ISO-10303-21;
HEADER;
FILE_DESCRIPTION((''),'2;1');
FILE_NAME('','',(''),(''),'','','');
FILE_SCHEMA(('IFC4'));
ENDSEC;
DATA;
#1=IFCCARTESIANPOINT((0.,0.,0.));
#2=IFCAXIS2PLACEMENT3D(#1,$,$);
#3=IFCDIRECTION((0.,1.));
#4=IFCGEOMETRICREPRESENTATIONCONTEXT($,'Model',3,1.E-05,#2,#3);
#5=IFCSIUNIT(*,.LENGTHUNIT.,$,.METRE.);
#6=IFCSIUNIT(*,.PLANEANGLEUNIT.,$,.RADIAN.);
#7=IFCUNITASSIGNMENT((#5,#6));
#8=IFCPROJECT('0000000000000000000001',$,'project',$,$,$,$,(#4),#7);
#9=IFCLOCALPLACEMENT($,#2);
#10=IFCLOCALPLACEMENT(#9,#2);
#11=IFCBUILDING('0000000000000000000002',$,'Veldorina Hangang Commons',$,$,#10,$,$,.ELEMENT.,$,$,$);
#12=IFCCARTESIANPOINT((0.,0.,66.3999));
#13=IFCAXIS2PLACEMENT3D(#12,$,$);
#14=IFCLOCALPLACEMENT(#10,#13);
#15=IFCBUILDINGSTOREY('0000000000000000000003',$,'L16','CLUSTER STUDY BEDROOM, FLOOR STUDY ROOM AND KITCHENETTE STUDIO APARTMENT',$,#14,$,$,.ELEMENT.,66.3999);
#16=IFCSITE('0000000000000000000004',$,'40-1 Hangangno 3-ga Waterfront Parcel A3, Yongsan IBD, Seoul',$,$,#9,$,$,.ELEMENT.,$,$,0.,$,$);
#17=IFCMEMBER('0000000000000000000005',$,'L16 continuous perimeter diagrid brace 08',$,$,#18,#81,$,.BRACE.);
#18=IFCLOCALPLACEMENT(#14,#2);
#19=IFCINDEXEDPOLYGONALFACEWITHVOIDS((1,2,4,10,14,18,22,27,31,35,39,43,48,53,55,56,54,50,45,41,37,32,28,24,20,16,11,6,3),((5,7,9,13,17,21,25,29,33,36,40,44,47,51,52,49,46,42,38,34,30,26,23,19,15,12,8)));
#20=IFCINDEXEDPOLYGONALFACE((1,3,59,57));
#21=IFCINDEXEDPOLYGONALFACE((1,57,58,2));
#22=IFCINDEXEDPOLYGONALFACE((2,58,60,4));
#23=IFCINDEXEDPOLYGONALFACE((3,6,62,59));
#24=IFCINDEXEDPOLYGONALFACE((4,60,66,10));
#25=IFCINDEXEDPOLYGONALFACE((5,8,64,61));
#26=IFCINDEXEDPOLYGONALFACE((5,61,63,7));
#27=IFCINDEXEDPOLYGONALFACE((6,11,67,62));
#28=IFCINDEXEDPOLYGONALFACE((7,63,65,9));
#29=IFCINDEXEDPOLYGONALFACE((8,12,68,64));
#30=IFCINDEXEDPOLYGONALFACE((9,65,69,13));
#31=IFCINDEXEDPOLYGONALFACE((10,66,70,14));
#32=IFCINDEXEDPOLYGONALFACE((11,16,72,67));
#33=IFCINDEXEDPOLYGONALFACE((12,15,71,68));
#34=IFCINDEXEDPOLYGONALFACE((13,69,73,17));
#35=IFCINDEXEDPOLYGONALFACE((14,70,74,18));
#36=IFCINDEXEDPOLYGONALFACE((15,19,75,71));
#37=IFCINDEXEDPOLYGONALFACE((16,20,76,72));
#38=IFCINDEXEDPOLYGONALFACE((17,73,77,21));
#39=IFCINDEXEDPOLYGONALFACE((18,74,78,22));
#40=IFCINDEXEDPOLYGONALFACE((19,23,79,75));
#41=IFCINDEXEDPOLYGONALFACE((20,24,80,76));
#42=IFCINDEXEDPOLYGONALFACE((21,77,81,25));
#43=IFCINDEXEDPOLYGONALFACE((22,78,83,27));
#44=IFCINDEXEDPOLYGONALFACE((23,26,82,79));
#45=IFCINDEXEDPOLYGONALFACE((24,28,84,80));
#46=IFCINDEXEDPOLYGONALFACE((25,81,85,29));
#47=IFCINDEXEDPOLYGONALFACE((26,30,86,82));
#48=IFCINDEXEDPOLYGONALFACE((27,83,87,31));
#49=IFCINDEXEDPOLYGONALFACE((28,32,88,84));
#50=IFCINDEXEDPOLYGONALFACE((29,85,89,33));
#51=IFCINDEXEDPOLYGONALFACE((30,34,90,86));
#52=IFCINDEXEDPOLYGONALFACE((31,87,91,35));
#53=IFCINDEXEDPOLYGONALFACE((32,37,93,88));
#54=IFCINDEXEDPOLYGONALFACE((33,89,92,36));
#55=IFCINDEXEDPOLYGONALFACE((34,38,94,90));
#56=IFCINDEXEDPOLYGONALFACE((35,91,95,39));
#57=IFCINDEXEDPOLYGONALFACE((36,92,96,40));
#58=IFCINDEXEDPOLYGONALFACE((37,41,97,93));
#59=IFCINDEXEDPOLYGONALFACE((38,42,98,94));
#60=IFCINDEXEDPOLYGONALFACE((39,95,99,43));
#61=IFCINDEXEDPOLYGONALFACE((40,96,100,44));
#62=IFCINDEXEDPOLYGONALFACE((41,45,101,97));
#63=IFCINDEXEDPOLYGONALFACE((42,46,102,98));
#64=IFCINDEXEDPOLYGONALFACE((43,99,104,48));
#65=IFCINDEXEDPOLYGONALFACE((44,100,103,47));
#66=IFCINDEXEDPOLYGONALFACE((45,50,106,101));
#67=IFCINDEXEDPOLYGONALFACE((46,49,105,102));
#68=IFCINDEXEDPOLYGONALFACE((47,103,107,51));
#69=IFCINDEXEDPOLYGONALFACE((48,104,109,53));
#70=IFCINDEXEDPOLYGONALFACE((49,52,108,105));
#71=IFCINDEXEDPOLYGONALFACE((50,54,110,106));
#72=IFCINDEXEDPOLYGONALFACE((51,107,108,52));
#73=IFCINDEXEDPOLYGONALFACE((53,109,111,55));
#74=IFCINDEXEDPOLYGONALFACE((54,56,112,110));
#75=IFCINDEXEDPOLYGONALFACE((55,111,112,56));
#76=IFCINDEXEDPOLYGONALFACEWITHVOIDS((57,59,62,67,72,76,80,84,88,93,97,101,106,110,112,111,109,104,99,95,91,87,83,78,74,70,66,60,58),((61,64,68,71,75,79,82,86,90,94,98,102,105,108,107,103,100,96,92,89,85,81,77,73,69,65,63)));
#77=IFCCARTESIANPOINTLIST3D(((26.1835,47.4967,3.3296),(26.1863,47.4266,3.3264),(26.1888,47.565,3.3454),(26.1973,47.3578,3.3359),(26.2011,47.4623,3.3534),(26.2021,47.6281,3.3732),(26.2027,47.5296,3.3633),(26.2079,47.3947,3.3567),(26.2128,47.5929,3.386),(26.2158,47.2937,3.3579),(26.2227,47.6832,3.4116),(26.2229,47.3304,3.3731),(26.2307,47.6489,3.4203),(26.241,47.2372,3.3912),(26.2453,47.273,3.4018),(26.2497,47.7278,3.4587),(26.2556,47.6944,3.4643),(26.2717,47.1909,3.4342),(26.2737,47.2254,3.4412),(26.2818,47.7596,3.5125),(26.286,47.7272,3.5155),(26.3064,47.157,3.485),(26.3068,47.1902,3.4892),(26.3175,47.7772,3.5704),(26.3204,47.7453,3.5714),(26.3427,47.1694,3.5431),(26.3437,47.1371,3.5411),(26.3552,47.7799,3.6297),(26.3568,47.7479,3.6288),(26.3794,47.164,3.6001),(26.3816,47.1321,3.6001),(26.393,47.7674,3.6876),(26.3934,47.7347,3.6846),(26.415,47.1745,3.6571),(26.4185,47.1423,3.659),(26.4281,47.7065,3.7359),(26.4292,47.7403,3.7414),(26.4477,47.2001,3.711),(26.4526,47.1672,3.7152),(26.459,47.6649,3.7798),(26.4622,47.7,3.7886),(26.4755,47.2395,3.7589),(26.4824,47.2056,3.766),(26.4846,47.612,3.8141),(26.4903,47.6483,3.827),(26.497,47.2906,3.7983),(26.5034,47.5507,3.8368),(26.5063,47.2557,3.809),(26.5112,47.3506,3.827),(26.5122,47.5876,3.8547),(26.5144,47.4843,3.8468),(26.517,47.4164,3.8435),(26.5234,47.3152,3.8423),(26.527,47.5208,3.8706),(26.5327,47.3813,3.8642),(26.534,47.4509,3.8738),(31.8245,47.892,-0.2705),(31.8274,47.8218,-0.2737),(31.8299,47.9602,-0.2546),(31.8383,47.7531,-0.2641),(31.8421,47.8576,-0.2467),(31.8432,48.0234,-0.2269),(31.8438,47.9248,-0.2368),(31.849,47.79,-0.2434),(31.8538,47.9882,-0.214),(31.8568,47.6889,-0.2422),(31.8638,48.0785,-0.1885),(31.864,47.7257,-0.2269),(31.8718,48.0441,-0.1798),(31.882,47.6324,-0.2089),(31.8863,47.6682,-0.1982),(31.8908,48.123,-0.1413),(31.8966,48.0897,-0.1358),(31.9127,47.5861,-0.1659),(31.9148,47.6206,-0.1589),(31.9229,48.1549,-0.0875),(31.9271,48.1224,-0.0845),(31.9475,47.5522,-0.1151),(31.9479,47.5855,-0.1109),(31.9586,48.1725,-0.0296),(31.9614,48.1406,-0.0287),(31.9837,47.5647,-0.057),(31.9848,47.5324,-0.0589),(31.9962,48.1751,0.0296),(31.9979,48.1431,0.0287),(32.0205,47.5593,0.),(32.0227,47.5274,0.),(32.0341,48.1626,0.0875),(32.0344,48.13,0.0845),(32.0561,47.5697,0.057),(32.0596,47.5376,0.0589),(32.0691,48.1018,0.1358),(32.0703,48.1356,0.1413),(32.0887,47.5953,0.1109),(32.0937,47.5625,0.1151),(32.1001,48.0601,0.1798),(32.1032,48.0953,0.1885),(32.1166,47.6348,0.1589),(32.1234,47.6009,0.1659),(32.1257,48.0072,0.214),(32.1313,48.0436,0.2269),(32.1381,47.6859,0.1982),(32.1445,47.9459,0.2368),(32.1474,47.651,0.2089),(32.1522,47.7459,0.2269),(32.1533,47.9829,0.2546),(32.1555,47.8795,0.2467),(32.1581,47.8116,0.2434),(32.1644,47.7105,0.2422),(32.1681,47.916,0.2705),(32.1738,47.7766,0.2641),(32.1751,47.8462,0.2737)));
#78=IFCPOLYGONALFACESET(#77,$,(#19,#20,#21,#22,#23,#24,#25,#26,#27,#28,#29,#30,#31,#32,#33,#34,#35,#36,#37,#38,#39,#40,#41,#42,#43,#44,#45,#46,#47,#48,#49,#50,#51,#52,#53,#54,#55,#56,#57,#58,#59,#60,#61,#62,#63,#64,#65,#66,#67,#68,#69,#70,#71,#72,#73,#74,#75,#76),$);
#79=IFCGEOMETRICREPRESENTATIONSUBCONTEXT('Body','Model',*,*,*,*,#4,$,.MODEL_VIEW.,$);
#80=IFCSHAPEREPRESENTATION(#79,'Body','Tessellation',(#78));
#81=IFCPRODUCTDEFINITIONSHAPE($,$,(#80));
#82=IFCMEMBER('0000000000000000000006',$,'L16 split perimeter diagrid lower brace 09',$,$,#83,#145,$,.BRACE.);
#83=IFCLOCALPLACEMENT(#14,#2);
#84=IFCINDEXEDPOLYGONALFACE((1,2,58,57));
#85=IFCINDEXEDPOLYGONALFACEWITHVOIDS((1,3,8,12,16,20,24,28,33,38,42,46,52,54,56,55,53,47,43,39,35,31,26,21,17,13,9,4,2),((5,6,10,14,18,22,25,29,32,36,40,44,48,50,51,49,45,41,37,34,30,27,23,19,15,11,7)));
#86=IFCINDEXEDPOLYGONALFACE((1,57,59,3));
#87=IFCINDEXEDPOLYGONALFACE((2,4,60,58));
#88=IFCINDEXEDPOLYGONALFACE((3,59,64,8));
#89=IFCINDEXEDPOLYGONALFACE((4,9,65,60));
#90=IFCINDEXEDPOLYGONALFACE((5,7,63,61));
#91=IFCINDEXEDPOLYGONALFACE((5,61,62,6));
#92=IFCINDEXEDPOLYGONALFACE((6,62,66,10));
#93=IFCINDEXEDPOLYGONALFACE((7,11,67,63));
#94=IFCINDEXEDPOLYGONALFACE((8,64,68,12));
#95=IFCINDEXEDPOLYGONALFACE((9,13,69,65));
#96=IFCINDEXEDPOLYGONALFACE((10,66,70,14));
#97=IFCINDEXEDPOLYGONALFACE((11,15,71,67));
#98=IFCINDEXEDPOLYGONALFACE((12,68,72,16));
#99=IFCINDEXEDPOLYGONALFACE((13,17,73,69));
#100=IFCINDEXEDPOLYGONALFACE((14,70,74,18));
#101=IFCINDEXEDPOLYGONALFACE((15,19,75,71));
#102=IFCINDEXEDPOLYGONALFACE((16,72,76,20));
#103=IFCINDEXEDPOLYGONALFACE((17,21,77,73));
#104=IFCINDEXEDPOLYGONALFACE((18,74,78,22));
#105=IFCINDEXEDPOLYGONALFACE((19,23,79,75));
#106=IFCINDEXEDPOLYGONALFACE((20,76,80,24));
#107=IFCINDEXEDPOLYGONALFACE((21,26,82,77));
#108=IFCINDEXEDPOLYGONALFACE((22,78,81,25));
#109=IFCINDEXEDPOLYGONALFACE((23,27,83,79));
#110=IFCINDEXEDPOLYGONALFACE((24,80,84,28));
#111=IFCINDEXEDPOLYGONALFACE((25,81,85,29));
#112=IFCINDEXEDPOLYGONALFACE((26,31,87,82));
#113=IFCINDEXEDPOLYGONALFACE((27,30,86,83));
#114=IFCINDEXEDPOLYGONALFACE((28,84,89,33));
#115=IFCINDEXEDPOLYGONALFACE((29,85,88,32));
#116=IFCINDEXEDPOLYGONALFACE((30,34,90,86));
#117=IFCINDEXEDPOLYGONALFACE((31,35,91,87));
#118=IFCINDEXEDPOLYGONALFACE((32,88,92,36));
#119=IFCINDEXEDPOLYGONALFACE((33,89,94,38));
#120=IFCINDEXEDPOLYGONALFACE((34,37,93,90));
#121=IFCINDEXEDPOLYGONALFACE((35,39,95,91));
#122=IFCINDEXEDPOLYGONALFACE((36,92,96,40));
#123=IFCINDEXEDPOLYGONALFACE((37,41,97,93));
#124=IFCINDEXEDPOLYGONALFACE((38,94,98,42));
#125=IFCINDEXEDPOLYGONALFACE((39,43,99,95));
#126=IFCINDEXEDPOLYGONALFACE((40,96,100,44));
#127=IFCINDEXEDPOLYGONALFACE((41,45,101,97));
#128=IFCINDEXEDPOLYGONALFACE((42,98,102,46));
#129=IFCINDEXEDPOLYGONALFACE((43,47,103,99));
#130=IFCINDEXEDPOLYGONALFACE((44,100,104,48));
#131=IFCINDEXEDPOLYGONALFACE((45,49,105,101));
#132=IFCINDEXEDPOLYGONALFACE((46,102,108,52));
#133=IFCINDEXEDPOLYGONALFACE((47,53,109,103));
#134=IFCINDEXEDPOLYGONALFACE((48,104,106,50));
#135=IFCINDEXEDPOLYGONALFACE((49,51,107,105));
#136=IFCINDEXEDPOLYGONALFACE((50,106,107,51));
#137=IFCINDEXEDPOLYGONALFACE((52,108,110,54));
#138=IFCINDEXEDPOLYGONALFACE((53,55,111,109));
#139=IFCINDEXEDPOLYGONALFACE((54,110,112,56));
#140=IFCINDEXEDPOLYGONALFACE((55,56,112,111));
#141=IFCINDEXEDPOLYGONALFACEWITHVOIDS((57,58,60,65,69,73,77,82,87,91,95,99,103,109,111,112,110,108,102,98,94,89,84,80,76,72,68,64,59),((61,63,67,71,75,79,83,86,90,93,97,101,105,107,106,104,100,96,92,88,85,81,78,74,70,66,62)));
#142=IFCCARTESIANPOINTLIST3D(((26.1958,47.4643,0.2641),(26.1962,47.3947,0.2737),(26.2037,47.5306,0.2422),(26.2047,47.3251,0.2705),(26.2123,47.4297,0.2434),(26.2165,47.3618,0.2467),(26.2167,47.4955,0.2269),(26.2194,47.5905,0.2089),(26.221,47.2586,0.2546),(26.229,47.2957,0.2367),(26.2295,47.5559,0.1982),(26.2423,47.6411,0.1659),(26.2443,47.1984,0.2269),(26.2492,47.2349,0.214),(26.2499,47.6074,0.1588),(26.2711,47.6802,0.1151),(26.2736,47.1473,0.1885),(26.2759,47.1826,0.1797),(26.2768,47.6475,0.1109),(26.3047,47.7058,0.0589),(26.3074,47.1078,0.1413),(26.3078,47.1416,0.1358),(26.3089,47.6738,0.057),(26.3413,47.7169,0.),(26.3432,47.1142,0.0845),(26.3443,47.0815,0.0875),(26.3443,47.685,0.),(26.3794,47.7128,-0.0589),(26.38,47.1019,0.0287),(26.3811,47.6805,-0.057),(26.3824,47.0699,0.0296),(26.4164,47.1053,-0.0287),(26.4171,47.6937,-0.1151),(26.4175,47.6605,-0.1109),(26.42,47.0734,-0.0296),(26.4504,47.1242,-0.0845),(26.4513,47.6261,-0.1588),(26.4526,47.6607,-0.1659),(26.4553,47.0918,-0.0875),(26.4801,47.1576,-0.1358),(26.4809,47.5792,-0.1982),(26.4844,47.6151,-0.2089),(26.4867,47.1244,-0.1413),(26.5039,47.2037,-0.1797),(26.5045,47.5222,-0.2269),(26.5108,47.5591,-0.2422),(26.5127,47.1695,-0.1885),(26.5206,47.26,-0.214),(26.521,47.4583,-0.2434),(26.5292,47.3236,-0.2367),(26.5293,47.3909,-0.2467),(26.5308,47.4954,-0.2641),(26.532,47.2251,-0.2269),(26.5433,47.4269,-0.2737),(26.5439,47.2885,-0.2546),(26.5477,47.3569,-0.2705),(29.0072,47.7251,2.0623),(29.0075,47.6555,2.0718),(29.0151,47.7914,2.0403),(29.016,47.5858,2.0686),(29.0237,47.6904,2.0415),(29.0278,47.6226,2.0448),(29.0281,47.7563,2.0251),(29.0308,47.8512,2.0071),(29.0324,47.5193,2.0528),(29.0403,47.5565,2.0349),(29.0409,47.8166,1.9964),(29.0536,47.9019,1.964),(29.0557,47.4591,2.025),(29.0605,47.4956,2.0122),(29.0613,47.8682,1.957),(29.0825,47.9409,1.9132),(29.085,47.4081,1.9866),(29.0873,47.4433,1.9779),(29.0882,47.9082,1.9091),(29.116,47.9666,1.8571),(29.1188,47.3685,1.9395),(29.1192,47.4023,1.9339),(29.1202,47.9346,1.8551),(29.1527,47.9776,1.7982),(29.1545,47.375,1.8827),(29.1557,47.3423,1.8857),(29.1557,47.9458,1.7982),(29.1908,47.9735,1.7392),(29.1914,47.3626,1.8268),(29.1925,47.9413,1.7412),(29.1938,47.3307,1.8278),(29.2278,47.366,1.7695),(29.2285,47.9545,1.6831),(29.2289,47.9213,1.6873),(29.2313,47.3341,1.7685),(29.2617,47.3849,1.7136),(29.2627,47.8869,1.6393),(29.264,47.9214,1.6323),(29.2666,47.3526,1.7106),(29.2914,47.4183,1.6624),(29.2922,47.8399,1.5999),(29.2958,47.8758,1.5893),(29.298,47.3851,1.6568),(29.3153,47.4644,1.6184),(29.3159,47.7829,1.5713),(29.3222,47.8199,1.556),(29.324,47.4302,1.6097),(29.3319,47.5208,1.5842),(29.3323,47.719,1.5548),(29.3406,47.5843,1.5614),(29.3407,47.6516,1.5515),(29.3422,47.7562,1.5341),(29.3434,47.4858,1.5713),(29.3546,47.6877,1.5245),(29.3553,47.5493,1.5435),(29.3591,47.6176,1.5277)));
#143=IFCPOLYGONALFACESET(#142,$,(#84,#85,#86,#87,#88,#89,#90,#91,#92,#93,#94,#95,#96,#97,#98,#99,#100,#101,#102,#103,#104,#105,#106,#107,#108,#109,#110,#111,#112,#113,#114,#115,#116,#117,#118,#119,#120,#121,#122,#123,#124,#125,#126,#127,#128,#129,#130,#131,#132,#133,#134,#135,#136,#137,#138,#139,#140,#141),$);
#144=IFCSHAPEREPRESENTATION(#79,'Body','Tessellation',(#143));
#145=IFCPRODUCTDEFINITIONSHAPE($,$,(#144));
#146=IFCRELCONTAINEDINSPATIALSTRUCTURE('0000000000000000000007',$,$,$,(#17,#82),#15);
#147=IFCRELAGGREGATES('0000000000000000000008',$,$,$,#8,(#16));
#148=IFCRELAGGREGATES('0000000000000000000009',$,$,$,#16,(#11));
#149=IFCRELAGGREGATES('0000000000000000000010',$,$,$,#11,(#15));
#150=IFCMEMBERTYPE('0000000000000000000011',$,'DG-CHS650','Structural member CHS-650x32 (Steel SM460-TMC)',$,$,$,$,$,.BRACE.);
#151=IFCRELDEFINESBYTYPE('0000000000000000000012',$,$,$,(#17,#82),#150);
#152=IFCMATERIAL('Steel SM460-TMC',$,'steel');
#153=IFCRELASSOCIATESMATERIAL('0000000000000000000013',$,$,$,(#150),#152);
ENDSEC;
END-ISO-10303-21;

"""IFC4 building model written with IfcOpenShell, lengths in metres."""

from ifc_helpers import new_model, si_unit, direction, frame, origin, origin_2d, place, context, subcontext, project, spatial, hollow_circle, extrude, material, material_profile, profile_set, type_object, element, save


model = new_model("IFC4")

# Units and contexts
model_context = context("Model", 3, precision=1e-05, world=origin(), true_north=direction((0.0, 1.0)))
body_context = subcontext(model_context, "Body", "Model", "MODEL_VIEW")
ifc_project = project(units=[si_unit("LENGTHUNIT", "METRE"), si_unit("PLANEANGLEUNIT", "RADIAN")], contexts=[model_context])

# Site, building, storey
site_placement = place(None, origin())
site = spatial("IfcSite", under=ifc_project, at=site_placement, Name="40-1 Hangangno 3-ga Waterfront Parcel A3, Yongsan IBD, Seoul", CompositionType="ELEMENT", RefElevation=0.0)
building_placement = place(site_placement, origin())
building = spatial("IfcBuilding", under=site, at=building_placement, Name="Veldorina Hangang Commons", CompositionType="ELEMENT")
storey_placement = place(building_placement, frame((0.0, 0.0, 66.3999)))
storey = spatial("IfcBuildingStorey", under=building, at=storey_placement, Name="L16", Description="CLUSTER STUDY BEDROOM, FLOOR STUDY ROOM AND KITCHENETTE STUDIO APARTMENT", CompositionType="ELEMENT", Elevation=66.3999)

# Members
ifc_material_1 = material(Name="Steel SM460-TMC", Category="steel")
ifc_material_profile_1 = material_profile(ifc_material_1, hollow_circle(Radius=0.325, WallThickness=0.032, at=origin_2d()), Name="CHS-650x32")
ifc_profile_set_1 = profile_set([ifc_material_profile_1], Name="Steel SM460-TMC")
member_type = type_object("IfcMemberType", Name="DG-CHS650", Description="Structural member CHS-650x32 (Steel SM460-TMC)", PredefinedType="BRACE", material=ifc_profile_set_1)
member_1_placement = place(storey_placement, frame((32.0, 47.8516, 0.0), z_axis=(-0.841497, -0.058962, 0.537034), x_axis=(0.069897, -0.997554, 0.0)))
element("IfcMember", 1, at=member_1_placement, inside=storey, type_object=member_type, Name="L16 continuous perimeter diagrid brace 08", PredefinedType="BRACE", context=body_context, shape_type="SweptSolid", body=[
    extrude(hollow_circle(Radius=0.325, WallThickness=0.032, at=origin_2d()), origin(), (0.0, 0.0, 1.0), 6.7036),
])
member_2_placement = place(storey_placement, frame((26.3713, 47.3933, 0.0), z_axis=(0.839864, 0.077896, 0.537178), x_axis=(-0.092352, 0.995726, 0.0)))
element("IfcMember", 2, at=member_2_placement, inside=storey, type_object=member_type, Name="L16 split perimeter diagrid lower brace 09", PredefinedType="BRACE", context=body_context, shape_type="SweptSolid", body=[
    extrude(hollow_circle(Radius=0.325, WallThickness=0.032, at=origin_2d()), origin(), (0.0, 0.0, 1.0), 3.3474),
])

save(model, "model.ifc")
